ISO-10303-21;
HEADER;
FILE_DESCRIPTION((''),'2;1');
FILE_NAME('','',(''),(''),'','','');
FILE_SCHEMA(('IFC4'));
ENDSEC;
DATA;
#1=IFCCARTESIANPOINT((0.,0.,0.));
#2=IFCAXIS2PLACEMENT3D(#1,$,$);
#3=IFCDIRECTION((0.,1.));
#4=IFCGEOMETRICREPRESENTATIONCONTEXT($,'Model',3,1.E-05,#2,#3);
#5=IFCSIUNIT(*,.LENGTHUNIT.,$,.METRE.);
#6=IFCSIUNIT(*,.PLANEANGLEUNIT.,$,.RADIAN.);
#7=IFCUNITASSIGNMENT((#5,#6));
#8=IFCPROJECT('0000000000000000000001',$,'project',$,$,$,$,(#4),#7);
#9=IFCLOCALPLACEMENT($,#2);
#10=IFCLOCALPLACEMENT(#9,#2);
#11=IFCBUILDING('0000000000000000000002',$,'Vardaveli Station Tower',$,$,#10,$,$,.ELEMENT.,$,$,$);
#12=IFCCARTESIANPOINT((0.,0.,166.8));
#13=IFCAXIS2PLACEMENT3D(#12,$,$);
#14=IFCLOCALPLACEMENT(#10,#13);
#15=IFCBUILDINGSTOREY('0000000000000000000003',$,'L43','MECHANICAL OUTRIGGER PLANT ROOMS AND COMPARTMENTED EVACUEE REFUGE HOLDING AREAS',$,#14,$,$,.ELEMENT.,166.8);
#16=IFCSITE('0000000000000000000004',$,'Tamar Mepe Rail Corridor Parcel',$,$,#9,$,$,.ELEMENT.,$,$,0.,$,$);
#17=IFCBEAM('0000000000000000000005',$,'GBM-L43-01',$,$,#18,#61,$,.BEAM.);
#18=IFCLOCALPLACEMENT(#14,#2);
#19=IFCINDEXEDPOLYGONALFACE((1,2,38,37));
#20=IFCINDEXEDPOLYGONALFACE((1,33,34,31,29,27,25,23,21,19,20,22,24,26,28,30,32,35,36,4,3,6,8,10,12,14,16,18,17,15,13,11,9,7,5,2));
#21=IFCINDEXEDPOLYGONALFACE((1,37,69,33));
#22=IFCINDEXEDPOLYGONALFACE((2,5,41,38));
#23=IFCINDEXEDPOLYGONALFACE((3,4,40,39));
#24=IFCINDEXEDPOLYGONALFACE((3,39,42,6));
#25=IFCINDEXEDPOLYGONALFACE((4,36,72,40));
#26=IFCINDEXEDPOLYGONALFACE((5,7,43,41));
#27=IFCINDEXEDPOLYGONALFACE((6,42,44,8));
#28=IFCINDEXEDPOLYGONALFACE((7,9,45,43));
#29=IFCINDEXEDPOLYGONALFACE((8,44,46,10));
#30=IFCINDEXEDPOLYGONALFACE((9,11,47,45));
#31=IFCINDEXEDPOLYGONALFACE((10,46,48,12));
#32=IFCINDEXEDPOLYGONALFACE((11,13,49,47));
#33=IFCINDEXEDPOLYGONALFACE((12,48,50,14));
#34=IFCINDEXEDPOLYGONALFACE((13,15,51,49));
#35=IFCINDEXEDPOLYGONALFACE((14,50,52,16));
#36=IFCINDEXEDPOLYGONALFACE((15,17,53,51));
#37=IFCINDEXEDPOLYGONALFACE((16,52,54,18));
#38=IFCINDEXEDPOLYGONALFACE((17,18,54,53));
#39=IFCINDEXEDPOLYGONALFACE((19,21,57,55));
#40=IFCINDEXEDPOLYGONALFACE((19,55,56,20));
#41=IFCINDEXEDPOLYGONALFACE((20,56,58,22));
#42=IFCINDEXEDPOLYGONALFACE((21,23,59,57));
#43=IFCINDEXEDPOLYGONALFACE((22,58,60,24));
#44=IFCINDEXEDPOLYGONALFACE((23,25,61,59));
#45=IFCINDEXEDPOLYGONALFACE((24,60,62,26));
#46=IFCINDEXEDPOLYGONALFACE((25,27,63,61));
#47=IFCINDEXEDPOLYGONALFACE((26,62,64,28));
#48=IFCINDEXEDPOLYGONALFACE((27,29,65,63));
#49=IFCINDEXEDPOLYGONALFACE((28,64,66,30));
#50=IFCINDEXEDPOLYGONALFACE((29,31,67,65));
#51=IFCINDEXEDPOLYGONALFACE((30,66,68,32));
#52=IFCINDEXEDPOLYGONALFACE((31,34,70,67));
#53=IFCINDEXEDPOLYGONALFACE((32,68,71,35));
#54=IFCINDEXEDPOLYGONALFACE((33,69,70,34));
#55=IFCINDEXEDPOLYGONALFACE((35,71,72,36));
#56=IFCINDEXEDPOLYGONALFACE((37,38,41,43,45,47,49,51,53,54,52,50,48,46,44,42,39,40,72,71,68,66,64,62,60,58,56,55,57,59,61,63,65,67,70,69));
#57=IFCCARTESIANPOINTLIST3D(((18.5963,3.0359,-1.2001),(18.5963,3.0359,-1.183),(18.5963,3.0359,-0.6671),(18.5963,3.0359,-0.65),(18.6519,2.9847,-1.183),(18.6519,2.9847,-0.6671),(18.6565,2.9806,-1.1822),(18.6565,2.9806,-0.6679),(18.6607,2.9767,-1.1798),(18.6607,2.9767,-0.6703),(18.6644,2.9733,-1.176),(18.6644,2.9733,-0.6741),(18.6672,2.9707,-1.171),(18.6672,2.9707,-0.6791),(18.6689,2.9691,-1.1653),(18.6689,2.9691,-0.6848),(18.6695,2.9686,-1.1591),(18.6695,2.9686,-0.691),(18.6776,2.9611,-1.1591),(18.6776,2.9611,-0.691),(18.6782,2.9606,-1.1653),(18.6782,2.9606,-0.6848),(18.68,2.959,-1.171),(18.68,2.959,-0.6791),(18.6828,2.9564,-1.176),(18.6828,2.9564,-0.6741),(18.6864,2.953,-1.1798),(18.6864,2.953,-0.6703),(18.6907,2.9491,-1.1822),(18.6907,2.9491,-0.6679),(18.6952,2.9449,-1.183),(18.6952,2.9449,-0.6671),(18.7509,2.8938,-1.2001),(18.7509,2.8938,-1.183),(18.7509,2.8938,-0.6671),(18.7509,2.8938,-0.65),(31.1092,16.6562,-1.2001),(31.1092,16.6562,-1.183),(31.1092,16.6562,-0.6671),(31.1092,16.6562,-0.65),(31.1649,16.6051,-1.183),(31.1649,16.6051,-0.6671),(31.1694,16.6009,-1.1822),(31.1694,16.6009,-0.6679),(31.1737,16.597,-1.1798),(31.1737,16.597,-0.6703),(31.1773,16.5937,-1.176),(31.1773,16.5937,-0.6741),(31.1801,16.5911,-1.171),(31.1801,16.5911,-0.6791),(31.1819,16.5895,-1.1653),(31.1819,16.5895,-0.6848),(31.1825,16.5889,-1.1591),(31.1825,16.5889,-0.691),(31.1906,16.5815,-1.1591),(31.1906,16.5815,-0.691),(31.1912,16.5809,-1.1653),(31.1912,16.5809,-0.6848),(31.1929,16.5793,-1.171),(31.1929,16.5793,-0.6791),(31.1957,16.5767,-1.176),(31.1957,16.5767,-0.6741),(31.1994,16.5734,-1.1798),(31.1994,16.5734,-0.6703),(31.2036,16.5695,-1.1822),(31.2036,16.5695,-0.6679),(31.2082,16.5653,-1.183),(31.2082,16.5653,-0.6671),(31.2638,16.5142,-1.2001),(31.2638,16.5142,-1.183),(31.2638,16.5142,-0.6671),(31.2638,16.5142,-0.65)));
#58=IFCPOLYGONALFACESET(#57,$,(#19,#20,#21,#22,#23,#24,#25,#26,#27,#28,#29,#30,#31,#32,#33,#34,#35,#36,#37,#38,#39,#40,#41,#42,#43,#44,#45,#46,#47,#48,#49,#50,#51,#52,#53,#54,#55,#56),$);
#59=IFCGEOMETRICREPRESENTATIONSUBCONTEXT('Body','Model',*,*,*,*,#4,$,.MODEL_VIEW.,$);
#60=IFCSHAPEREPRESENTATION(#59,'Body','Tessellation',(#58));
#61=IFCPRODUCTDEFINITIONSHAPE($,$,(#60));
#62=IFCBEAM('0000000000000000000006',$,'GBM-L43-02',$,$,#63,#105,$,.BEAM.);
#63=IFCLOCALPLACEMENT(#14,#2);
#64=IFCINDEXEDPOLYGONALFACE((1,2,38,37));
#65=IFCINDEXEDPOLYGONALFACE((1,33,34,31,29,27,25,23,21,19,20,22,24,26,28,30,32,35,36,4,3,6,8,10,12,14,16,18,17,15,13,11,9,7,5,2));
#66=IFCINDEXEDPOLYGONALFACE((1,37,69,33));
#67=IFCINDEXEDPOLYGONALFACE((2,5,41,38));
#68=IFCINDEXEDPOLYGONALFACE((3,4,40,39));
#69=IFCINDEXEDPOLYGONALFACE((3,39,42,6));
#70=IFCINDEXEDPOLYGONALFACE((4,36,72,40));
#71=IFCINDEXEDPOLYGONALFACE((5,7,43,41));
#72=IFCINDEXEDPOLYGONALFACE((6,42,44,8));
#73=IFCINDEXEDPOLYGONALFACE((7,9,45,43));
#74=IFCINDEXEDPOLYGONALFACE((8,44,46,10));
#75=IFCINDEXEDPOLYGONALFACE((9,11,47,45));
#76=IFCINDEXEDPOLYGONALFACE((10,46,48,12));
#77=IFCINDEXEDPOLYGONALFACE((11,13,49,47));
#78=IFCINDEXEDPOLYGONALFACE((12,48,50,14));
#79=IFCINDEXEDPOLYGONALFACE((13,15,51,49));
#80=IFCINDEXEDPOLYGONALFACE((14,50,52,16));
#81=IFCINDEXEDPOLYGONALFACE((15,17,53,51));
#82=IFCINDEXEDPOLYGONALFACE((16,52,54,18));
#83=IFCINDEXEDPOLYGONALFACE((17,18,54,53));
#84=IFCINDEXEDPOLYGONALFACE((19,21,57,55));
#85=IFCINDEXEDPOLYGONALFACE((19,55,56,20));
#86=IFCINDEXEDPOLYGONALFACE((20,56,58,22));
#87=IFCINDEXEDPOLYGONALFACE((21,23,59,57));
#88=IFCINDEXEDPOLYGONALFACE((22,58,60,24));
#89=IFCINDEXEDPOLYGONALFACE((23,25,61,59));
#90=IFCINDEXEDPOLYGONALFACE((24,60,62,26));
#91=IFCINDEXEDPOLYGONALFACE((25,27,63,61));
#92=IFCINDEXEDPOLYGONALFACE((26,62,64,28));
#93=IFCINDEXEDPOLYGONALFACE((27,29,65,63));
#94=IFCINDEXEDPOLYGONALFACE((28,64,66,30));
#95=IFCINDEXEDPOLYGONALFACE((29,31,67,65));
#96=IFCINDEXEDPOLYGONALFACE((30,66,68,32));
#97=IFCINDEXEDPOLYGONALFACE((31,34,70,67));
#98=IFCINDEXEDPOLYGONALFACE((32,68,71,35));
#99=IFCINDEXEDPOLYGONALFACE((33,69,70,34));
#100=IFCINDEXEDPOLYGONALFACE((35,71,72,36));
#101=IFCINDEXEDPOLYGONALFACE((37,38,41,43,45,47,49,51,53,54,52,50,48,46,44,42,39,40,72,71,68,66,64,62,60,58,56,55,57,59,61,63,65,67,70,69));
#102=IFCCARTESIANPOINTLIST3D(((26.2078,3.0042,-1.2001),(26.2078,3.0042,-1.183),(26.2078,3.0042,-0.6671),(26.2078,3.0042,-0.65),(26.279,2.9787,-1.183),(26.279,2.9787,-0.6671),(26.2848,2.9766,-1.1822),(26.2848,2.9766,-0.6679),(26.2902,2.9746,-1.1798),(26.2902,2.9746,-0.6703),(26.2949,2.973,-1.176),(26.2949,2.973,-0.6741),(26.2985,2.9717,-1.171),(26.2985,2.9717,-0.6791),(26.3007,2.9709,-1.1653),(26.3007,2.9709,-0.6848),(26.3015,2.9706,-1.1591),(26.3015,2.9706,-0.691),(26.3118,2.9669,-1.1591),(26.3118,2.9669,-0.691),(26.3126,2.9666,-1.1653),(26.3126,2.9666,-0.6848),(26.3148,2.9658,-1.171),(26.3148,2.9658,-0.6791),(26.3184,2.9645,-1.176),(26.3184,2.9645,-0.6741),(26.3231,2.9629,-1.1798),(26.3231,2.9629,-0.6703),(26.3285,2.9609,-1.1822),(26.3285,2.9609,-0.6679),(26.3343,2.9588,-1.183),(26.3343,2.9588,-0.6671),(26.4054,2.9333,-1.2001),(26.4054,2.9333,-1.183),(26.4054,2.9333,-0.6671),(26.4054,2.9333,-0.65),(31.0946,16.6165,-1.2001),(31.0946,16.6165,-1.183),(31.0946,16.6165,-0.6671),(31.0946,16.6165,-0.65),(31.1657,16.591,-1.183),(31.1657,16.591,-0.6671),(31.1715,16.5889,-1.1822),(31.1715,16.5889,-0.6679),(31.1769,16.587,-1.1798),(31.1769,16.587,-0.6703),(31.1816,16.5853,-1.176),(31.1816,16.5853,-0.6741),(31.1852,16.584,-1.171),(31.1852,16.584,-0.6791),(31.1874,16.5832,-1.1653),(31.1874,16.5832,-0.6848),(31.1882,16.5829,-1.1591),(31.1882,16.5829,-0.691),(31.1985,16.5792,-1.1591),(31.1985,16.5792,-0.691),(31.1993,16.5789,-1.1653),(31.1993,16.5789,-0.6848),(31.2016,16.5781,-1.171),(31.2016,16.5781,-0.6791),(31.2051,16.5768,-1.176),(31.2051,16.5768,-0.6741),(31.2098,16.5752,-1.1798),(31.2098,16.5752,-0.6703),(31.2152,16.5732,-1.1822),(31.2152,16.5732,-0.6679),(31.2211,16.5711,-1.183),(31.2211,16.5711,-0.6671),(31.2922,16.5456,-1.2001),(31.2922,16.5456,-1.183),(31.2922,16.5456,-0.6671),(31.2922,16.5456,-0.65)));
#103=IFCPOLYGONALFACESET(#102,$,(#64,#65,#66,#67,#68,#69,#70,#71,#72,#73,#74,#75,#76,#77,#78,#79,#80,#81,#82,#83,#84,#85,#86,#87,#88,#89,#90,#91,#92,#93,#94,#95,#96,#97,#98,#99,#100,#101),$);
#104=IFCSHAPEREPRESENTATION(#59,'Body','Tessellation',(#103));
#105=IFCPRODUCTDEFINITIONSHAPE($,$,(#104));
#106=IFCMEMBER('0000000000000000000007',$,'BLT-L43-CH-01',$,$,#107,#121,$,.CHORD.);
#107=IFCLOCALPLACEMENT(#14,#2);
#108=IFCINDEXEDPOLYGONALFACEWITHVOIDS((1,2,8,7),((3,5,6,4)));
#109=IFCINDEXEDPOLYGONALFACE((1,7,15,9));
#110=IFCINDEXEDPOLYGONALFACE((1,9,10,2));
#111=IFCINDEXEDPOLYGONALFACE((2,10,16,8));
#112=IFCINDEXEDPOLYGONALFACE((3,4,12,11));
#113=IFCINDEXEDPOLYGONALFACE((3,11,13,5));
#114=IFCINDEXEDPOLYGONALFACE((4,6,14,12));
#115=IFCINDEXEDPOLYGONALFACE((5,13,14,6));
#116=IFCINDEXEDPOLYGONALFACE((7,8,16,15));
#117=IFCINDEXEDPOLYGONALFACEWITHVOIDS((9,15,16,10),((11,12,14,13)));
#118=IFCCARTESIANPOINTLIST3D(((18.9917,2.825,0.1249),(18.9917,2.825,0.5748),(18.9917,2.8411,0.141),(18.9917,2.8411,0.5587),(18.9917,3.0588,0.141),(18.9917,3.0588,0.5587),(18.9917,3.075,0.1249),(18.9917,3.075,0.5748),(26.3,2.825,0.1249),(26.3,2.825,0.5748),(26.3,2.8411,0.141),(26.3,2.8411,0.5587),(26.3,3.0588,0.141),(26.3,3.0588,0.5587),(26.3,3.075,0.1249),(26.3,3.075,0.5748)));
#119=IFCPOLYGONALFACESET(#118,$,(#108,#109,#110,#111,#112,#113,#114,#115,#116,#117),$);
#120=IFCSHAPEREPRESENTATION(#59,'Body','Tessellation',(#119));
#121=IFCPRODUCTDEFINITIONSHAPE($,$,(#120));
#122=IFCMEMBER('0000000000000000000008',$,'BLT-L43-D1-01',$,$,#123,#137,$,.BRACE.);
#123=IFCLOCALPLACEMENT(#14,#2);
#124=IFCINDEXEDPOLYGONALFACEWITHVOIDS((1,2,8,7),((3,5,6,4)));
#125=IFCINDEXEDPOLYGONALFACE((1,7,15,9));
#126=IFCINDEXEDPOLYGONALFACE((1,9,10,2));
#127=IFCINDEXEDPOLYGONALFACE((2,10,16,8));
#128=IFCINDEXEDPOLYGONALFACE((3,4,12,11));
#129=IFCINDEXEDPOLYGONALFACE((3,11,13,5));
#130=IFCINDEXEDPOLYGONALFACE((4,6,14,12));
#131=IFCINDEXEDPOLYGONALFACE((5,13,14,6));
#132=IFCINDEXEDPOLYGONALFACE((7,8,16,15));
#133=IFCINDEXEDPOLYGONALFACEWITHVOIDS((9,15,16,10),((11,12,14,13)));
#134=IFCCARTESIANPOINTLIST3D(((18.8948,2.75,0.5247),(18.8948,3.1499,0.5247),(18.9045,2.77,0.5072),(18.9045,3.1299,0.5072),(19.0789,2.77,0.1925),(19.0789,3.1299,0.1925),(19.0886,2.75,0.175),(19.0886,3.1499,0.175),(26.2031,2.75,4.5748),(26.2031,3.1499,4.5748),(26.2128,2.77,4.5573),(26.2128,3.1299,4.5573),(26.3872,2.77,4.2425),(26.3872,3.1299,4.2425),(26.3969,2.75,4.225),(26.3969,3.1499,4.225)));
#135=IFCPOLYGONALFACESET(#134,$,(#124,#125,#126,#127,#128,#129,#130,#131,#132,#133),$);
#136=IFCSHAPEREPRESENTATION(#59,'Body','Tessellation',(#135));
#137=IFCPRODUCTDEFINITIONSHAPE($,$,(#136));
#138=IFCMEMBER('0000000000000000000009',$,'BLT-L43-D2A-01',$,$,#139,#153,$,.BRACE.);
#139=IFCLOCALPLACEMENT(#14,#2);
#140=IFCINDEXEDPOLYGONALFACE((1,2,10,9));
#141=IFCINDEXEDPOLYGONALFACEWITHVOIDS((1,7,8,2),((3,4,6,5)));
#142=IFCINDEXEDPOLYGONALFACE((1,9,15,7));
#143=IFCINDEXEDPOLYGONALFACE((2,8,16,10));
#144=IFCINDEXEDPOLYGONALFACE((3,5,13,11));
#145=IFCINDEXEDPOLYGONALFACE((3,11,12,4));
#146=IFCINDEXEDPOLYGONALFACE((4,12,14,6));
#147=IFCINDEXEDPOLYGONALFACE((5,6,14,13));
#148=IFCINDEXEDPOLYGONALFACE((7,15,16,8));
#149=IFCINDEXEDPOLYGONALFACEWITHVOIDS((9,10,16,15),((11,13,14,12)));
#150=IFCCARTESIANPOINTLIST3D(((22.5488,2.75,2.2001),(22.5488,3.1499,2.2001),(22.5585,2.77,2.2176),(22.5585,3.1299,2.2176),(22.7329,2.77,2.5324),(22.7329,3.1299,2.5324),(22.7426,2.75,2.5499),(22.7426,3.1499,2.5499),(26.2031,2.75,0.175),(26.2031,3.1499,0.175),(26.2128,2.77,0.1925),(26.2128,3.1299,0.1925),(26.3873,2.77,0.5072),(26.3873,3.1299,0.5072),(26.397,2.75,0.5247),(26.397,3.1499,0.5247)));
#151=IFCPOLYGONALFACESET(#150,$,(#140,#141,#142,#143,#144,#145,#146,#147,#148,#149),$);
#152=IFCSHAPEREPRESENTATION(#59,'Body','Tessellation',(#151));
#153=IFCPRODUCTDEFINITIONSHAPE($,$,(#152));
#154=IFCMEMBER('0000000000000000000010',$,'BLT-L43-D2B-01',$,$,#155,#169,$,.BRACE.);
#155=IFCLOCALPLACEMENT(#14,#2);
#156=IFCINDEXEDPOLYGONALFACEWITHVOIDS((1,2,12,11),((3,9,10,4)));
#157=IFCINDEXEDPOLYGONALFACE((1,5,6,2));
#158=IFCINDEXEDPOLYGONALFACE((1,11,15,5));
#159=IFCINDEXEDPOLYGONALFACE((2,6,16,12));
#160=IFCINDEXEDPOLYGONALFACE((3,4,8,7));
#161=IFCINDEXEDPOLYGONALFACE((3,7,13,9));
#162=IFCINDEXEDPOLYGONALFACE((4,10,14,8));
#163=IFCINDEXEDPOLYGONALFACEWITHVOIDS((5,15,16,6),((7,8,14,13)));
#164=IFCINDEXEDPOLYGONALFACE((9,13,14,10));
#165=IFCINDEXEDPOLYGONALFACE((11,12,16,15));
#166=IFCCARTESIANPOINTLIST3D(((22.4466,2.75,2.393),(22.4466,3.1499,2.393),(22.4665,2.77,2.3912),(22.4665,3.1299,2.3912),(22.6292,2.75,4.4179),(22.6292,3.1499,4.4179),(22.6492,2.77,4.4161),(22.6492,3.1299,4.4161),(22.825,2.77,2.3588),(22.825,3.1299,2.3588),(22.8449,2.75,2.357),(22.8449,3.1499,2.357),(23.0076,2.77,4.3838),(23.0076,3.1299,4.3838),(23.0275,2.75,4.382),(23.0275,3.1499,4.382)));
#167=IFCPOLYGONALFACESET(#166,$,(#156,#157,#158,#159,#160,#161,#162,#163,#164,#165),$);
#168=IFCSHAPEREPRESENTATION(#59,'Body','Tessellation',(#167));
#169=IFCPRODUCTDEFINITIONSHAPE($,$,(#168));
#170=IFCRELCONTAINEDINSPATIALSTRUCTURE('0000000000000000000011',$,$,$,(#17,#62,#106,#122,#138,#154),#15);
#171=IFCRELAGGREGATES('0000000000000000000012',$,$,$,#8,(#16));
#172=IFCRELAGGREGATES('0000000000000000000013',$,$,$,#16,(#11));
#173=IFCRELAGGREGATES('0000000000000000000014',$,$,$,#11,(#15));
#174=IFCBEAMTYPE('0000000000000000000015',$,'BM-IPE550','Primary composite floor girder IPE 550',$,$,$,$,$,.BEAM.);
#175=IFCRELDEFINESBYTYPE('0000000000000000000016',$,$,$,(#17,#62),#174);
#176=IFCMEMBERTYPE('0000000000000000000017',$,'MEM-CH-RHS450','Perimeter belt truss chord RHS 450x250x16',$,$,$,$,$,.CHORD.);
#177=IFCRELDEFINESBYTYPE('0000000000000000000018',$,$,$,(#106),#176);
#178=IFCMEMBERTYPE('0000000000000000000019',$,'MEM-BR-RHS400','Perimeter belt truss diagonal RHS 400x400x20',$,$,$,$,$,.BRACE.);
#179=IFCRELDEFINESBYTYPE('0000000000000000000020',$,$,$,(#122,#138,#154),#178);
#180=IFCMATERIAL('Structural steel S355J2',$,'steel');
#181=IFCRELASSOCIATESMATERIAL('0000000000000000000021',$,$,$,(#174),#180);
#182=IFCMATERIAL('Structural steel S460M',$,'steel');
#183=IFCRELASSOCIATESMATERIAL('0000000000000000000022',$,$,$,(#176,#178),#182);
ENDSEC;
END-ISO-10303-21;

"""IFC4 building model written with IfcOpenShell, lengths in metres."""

from ifc_helpers import new_model, si_unit, direction, frame, origin, origin_2d, place, context, subcontext, project, spatial, hollow_rectangle, i_section, extrude, source, transform, mapped, material, material_profile, profile_set, type_object, element, save


model = new_model("IFC4")

# Units and contexts
model_context = context("Model", 3, precision=1e-05, world=origin(), true_north=direction((0.0, 1.0)))
body_context = subcontext(model_context, "Body", "Model", "MODEL_VIEW")
ifc_project = project(units=[si_unit("LENGTHUNIT", "METRE"), si_unit("PLANEANGLEUNIT", "RADIAN")], contexts=[model_context])

# Site, building, storey
site_placement = place(None, origin())
site = spatial("IfcSite", under=ifc_project, at=site_placement, Name="Tamar Mepe Rail Corridor Parcel", CompositionType="ELEMENT", RefElevation=0.0)
building_placement = place(site_placement, origin())
building = spatial("IfcBuilding", under=site, at=building_placement, Name="Vardaveli Station Tower", CompositionType="ELEMENT")
storey_placement = place(building_placement, frame((0.0, 0.0, 166.8)))
storey = spatial("IfcBuildingStorey", under=building, at=storey_placement, Name="L43", Description="MECHANICAL OUTRIGGER PLANT ROOMS AND COMPARTMENTED EVACUEE REFUGE HOLDING AREAS", CompositionType="ELEMENT", Elevation=166.8)

# Shared definitions
ifc_material_1 = material(Name="Structural steel S460M", Category="steel")

# Beams
ifc_material_2 = material(Name="Structural steel S355J2", Category="steel")
ifc_material_profile_1 = material_profile(ifc_material_2, i_section(OverallWidth=0.21, OverallDepth=0.55, WebThickness=0.011, FlangeThickness=0.0171, FilletRadius=0.0239, at=origin_2d()), Name="IPE 550")
ifc_profile_set_1 = profile_set([ifc_material_profile_1], Name="Structural steel S355J2")
beam_type_1 = type_object("IfcBeamType", Name="BM-IPE550", Description="Primary composite floor girder IPE 550", PredefinedType="BEAM", material=ifc_profile_set_1)
shared_shape_1 = source(origin(), body_context, "Body", "SweptSolid", [
    extrude(i_section(OverallWidth=0.21, OverallDepth=0.55, WebThickness=0.011, FlangeThickness=0.0171, FilletRadius=0.0239, at=origin_2d()), origin(), (0.0, 0.0, 1.0), 18.4956),
])
beam_1_placement = place(storey_placement, frame((18.6736, 2.9648, -0.925), z_axis=(0.676535, 0.73641, 0.0), x_axis=(-0.73641, 0.676535, 0.0)))
element("IfcBeam", 1, at=beam_1_placement, inside=storey, type_object=beam_type_1, Name="GBM-L43-01", PredefinedType="BEAM", context=body_context, shape_type="MappedRepresentation", body=[
    mapped(shared_shape_1, transform((0.0, 0.0, 0.0), scale=1.0)),
])
shared_shape_2 = source(origin(), body_context, "Body", "SweptSolid", [
    extrude(i_section(OverallWidth=0.21, OverallDepth=0.55, WebThickness=0.011, FlangeThickness=0.0171, FilletRadius=0.0239, at=origin_2d()), origin(), (0.0, 0.0, 1.0), 14.4629),
])
beam_2_placement = place(storey_placement, frame((26.3066, 2.9688, -0.925), z_axis=(0.33788, 0.941189, 0.0), x_axis=(-0.941189, 0.33788, 0.0)))
element("IfcBeam", 2, at=beam_2_placement, inside=storey, type_object=beam_type_1, Name="GBM-L43-02", PredefinedType="BEAM", context=body_context, shape_type="MappedRepresentation", body=[
    mapped(shared_shape_2, transform((0.0, 0.0, 0.0), scale=1.0)),
])

# Members
ifc_material_profile_2 = material_profile(ifc_material_1, hollow_rectangle(XDim=0.25, YDim=0.45, WallThickness=0.0161, at=origin_2d()), Name="RHS 450x250x16")
ifc_profile_set_2 = profile_set([ifc_material_profile_2], Name="Structural steel S460M")
member_type_1 = type_object("IfcMemberType", Name="MEM-CH-RHS450", Description="Perimeter belt truss chord RHS 450x250x16", PredefinedType="CHORD", material=ifc_profile_set_2)
shared_shape_3 = source(origin(), body_context, "Body", "SweptSolid", [
    extrude(hollow_rectangle(XDim=0.25, YDim=0.45, WallThickness=0.0161, at=origin_2d()), origin(), (0.0, 0.0, 1.0), 7.3083),
])
member_1_placement = place(storey_placement, frame((18.9917, 2.95, 0.3499), z_axis=(1.0, 0.0, 0.0), x_axis=(0.0, 1.0, 0.0)))
element("IfcMember", 3, at=member_1_placement, inside=storey, type_object=member_type_1, Name="BLT-L43-CH-01", PredefinedType="CHORD", context=body_context, shape_type="MappedRepresentation", body=[
    mapped(shared_shape_3, transform((0.0, 0.0, 0.0), scale=1.0)),
])
ifc_material_profile_3 = material_profile(ifc_material_1, hollow_rectangle(XDim=0.3999, YDim=0.3999, WallThickness=0.02, at=origin_2d()), Name="RHS 400x400x20")
ifc_profile_set_3 = profile_set([ifc_material_profile_3], Name="Structural steel S460M")
member_type_2 = type_object("IfcMemberType", Name="MEM-BR-RHS400", Description="Perimeter belt truss diagonal RHS 400x400x20", PredefinedType="BRACE", material=ifc_profile_set_3)
shared_shape_4 = source(origin(), body_context, "Body", "SweptSolid", [
    extrude(hollow_rectangle(XDim=0.3999, YDim=0.3999, WallThickness=0.02, at=origin_2d()), origin(), (0.0, 0.0, 1.0), 8.3555),
])
member_2_placement = place(storey_placement, frame((18.9917, 2.95, 0.3499), z_axis=(0.874672, 0.0, 0.484715), x_axis=(0.0, 1.0, 0.0)))
element("IfcMember", 4, at=member_2_placement, inside=storey, type_object=member_type_2, Name="BLT-L43-D1-01", PredefinedType="BRACE", context=body_context, shape_type="MappedRepresentation", body=[
    mapped(shared_shape_4, transform((0.0, 0.0, 0.0), scale=1.0)),
])
shared_shape_5 = source(origin(), body_context, "Body", "SweptSolid", [
    extrude(hollow_rectangle(XDim=0.3999, YDim=0.3999, WallThickness=0.02, at=origin_2d()), origin(), (0.0, 0.0, 1.0), 4.178),
])
member_3_placement = place(storey_placement, frame((26.3, 2.95, 0.3499), z_axis=(-0.874667, 0.0, 0.484725), x_axis=(0.0, -1.0, 0.0)))
element("IfcMember", 5, at=member_3_placement, inside=storey, type_object=member_type_2, Name="BLT-L43-D2A-01", PredefinedType="BRACE", context=body_context, shape_type="MappedRepresentation", body=[
    mapped(shared_shape_5, transform((0.0, 0.0, 0.0), scale=1.0)),
])
shared_shape_6 = source(origin(), body_context, "Body", "SweptSolid", [
    extrude(hollow_rectangle(XDim=0.3999, YDim=0.3999, WallThickness=0.02, at=origin_2d()), origin(), (0.0, 0.0, 1.0), 2.0332),
])
member_4_placement = place(storey_placement, frame((22.6458, 2.95, 2.375), z_axis=(0.089821, 0.0, 0.995958), x_axis=(0.0, 1.0, 0.0)))
element("IfcMember", 6, at=member_4_placement, inside=storey, type_object=member_type_2, Name="BLT-L43-D2B-01", PredefinedType="BRACE", context=body_context, shape_type="MappedRepresentation", body=[
    mapped(shared_shape_6, transform((0.0, 0.0, 0.0), scale=1.0)),
])

save(model, "model.ifc")
